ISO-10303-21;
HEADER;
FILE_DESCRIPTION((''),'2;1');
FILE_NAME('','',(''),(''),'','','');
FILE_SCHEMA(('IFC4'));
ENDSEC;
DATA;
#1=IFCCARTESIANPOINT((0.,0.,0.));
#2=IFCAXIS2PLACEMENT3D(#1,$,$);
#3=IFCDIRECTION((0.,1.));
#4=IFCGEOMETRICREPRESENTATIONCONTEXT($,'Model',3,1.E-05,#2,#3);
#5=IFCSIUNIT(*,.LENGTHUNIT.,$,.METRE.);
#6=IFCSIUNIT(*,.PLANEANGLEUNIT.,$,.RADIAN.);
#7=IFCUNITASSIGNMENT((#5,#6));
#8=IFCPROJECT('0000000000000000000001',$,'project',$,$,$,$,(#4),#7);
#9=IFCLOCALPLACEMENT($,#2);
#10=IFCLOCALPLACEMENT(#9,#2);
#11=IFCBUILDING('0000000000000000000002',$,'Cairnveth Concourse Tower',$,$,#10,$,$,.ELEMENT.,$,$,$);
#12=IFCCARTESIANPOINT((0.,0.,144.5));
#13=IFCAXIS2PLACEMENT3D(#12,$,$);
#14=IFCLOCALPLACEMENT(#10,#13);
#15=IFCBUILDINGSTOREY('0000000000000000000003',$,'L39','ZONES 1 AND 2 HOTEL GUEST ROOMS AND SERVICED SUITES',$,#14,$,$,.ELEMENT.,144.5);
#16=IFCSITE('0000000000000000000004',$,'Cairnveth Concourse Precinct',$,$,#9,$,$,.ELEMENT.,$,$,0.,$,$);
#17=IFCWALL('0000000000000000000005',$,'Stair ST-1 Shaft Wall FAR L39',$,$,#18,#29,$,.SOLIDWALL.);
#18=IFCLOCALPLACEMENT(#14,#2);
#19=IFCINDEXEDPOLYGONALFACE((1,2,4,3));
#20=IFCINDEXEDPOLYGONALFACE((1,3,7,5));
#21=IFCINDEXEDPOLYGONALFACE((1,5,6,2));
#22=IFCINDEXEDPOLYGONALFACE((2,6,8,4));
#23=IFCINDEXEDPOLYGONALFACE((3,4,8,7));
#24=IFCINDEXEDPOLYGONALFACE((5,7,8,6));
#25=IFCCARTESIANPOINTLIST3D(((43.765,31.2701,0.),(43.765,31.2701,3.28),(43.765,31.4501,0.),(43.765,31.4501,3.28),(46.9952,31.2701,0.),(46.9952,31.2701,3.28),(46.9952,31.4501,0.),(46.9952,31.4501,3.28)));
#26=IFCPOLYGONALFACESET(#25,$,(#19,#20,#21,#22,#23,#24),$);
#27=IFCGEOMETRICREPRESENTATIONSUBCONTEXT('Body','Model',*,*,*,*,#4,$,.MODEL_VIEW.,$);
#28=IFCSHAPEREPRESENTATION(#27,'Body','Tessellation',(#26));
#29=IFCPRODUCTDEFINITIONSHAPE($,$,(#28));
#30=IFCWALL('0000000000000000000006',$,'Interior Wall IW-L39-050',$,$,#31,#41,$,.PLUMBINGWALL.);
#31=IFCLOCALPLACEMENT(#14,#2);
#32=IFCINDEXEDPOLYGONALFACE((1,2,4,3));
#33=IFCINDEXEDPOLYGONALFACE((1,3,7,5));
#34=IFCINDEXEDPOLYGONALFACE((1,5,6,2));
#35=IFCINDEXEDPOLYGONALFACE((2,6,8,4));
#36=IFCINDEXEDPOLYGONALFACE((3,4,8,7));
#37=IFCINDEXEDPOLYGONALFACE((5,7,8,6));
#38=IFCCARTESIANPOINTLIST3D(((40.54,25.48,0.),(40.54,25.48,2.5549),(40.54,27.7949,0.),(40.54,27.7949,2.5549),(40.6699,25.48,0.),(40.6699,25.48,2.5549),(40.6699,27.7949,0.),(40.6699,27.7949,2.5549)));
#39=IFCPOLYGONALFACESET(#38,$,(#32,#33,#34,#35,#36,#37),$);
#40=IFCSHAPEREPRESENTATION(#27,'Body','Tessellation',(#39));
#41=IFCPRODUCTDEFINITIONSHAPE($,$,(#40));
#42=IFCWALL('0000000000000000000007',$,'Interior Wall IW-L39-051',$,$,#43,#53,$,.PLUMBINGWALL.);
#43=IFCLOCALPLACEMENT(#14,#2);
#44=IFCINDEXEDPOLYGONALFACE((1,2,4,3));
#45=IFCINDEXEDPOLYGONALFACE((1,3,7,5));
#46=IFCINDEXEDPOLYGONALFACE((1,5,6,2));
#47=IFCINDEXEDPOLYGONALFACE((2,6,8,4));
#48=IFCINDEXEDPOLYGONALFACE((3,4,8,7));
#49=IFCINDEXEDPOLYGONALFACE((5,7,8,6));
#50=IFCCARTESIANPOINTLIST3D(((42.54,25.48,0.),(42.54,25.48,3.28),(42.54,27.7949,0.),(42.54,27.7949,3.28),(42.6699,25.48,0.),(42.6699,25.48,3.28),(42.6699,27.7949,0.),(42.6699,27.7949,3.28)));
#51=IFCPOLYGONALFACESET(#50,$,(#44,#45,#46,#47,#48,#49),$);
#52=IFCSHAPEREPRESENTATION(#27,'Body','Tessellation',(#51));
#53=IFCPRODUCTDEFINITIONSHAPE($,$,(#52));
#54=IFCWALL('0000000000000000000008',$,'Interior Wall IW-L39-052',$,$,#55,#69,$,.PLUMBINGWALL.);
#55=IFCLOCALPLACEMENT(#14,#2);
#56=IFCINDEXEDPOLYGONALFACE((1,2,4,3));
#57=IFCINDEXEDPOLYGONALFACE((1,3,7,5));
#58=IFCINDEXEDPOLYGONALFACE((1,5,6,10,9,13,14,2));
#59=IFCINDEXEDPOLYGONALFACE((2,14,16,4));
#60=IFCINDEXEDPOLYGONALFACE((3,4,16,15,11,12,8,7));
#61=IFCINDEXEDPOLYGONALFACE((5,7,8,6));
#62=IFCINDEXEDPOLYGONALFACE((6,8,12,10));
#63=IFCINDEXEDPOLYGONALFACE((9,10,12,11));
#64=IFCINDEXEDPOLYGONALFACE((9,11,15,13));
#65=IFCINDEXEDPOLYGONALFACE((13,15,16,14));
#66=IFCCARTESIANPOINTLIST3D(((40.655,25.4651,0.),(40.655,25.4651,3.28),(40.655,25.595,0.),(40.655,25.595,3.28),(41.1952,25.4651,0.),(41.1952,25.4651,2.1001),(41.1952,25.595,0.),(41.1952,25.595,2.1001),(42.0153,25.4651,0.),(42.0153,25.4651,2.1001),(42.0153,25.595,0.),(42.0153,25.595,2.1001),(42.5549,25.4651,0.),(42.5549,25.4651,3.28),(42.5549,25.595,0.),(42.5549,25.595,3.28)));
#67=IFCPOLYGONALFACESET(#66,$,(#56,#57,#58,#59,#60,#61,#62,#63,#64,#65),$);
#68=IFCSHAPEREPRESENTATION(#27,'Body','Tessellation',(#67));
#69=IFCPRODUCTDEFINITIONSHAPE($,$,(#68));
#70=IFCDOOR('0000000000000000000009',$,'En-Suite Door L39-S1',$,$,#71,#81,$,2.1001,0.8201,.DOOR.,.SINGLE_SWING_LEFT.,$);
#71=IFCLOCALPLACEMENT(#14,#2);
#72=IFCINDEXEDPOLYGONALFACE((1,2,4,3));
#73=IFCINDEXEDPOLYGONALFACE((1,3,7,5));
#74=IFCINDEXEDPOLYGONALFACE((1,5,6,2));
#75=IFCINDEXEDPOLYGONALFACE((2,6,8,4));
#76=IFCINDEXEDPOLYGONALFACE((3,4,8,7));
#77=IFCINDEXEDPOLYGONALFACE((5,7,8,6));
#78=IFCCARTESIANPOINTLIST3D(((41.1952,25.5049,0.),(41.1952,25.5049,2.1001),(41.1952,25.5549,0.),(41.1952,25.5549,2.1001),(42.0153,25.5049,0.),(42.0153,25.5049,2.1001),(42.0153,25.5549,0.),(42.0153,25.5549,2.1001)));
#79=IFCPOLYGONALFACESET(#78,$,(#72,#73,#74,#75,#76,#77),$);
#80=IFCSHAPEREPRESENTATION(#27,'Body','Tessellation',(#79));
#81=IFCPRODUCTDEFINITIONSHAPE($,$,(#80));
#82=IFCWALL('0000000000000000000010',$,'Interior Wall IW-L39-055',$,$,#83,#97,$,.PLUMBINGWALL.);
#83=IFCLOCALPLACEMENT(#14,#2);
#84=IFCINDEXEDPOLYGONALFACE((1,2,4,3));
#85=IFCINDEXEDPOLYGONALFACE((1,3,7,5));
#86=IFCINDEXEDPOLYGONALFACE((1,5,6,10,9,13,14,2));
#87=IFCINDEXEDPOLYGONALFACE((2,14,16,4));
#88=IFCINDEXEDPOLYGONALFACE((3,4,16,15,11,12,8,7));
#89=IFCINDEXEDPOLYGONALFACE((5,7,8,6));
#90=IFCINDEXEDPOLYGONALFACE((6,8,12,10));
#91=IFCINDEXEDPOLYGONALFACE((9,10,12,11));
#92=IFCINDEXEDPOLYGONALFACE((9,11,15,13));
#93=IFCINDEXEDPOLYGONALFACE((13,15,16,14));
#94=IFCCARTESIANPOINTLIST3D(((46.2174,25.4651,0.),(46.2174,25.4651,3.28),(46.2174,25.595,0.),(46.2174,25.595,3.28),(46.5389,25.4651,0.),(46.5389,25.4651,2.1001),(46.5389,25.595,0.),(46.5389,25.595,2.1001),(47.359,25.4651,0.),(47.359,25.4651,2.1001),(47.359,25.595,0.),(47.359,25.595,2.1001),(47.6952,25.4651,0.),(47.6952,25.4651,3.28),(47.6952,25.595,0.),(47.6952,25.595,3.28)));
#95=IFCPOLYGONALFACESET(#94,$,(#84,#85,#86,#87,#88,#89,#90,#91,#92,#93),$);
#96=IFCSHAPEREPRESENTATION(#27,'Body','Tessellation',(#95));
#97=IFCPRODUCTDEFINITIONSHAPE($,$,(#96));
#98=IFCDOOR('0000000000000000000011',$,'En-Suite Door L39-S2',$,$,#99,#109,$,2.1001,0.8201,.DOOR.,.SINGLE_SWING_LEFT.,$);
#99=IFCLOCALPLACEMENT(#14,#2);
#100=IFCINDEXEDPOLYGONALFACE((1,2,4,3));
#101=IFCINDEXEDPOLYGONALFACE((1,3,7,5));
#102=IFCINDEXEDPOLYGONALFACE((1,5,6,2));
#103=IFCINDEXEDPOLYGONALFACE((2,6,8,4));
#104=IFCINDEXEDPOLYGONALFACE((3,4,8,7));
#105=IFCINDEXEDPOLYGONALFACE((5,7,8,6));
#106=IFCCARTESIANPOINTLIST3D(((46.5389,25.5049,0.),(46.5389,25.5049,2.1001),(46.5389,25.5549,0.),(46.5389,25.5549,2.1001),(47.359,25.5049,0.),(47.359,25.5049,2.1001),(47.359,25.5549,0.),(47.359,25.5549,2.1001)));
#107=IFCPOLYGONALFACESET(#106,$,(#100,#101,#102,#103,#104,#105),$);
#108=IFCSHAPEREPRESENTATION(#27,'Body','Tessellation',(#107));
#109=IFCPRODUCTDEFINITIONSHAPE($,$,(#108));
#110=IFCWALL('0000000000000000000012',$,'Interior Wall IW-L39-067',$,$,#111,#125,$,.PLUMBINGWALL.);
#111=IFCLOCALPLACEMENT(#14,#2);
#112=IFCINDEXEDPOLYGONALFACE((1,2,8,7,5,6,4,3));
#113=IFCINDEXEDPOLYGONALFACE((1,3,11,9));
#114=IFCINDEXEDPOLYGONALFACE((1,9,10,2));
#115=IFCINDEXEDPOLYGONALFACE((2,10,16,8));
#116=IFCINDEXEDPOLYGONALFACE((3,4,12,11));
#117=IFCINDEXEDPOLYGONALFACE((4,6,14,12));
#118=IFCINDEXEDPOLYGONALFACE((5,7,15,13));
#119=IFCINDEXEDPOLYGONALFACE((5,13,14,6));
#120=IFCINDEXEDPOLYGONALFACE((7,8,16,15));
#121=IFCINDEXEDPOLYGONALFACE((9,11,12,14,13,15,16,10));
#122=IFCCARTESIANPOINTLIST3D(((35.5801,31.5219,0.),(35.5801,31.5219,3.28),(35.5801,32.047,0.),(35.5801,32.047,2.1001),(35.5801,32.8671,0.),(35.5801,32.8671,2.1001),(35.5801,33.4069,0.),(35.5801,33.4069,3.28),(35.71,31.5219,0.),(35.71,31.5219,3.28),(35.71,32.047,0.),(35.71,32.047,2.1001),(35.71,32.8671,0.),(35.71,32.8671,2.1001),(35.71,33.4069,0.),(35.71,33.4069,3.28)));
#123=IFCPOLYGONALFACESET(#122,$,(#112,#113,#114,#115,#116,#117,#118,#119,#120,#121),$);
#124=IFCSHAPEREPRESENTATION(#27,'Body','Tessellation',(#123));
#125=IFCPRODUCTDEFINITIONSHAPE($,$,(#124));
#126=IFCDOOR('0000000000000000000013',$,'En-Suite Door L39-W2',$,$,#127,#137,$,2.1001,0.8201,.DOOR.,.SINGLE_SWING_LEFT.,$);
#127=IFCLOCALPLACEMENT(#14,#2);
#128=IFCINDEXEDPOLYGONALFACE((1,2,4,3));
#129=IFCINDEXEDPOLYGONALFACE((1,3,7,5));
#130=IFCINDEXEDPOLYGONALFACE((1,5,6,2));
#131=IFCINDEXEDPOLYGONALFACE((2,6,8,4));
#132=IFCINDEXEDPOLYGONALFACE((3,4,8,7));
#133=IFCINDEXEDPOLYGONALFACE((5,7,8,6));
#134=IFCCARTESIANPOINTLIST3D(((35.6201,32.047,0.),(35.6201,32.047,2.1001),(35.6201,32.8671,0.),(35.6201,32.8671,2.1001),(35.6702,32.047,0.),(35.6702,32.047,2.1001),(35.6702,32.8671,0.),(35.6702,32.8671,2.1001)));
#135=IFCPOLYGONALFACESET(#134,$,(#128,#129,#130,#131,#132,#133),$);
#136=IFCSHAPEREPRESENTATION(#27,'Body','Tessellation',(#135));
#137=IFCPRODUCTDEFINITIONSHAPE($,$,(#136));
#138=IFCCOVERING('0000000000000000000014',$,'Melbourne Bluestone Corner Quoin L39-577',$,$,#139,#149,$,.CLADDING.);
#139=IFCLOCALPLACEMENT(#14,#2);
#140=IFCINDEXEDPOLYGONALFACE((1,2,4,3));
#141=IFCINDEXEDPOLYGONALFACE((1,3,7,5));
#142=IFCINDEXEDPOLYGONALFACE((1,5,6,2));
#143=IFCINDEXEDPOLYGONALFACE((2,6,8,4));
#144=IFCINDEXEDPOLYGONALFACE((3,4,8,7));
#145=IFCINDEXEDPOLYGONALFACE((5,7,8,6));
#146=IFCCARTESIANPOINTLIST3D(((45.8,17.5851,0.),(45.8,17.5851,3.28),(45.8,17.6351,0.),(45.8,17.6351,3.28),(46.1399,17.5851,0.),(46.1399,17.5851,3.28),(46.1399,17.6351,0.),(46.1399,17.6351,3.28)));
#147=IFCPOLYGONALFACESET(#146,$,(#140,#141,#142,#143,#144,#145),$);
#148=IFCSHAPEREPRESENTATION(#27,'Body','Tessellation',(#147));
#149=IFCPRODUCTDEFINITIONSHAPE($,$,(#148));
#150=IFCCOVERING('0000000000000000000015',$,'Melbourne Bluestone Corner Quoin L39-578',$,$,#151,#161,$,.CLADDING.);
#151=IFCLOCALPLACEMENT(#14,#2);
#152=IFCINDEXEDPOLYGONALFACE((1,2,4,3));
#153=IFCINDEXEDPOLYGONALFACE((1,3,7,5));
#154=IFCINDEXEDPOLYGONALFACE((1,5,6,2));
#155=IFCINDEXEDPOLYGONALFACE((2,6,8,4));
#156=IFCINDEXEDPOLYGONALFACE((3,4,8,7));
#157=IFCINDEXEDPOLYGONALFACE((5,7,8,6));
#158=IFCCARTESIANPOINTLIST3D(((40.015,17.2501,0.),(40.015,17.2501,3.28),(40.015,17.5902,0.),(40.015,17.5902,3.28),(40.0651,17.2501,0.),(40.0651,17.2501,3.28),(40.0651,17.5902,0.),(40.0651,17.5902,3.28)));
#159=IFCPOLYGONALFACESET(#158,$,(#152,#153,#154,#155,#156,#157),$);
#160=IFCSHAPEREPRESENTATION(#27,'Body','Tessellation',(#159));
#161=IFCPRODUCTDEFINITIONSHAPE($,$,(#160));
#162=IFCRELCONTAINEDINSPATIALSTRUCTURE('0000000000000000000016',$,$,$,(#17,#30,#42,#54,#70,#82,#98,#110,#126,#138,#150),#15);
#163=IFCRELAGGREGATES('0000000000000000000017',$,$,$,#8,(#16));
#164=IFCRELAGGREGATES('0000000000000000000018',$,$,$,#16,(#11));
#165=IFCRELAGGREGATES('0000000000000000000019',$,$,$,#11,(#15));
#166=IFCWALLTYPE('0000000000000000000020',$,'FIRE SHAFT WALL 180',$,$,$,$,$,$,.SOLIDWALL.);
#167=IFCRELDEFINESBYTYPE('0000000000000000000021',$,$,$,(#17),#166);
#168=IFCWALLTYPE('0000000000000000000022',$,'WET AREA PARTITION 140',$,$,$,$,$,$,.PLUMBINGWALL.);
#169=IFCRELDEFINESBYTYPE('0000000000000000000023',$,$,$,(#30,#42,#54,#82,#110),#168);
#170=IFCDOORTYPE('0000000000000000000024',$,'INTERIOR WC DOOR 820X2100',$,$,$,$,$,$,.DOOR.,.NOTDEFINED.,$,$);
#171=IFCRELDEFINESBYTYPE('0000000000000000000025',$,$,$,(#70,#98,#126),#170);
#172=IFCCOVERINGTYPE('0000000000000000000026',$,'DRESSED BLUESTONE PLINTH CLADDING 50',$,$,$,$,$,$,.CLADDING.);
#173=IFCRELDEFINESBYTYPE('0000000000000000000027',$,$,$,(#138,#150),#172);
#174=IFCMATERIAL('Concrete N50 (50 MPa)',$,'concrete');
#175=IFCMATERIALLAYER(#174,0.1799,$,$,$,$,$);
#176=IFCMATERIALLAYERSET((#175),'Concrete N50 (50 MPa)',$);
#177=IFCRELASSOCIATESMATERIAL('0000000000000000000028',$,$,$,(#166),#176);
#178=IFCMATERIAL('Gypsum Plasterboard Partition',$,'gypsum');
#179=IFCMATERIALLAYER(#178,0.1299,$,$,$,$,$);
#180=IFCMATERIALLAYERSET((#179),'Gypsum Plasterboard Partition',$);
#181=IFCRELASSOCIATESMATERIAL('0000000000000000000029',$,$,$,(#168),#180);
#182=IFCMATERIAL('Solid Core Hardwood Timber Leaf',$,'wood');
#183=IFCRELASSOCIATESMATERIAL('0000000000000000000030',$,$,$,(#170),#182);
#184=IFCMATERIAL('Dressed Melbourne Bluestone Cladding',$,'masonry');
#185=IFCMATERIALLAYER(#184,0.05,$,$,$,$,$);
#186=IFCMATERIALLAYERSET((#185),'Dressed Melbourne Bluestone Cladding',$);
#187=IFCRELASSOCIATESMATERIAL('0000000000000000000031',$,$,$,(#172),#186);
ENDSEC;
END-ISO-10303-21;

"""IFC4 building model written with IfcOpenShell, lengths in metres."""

from ifc_helpers import new_model, si_unit, direction, frame, frame_2d, origin, place, context, subcontext, project, spatial, rectangle, extrude, material, layer, layer_set, type_object, element, fill, save


model = new_model("IFC4")

# Units and contexts
model_context = context("Model", 3, precision=1e-05, world=origin(), true_north=direction((0.0, 1.0)))
body_context = subcontext(model_context, "Body", "Model", "MODEL_VIEW")
ifc_project = project(units=[si_unit("LENGTHUNIT", "METRE"), si_unit("PLANEANGLEUNIT", "RADIAN")], contexts=[model_context])

# Site, building, storey
site_placement = place(None, origin())
site = spatial("IfcSite", under=ifc_project, at=site_placement, Name="Cairnveth Concourse Precinct", CompositionType="ELEMENT", RefElevation=0.0)
building_placement = place(site_placement, origin())
building = spatial("IfcBuilding", under=site, at=building_placement, Name="Cairnveth Concourse Tower", CompositionType="ELEMENT")
storey_placement = place(building_placement, frame((0.0, 0.0, 144.5)))
storey = spatial("IfcBuildingStorey", under=building, at=storey_placement, Name="L39", Description="ZONES 1 AND 2 HOTEL GUEST ROOMS AND SERVICED SUITES", CompositionType="ELEMENT", Elevation=144.5)

# Shared definitions
ifc_material_1 = material(Name="Gypsum Plasterboard Partition", Category="gypsum")

# Shared definitions
ifc_material_2 = material(Name="Solid Core Hardwood Timber Leaf", Category="wood")

# Walls
ifc_material_3 = material(Name="Concrete N50 (50 MPa)", Category="concrete")
ifc_layer_1 = layer(ifc_material_3, 0.1799)
ifc_layer_set_1 = layer_set([ifc_layer_1], Name="Concrete N50 (50 MPa)")
wall_type_1 = type_object("IfcWallType", Name="FIRE SHAFT WALL 180", PredefinedType="SOLIDWALL", material=ifc_layer_set_1)
wall_1_placement = place(storey_placement, frame((43.7649, 31.3601, 0.0), z_axis=(0.0, 0.0, 1.0), x_axis=(1.0, 0.0, 0.0)))
element("IfcWall", 1, at=wall_1_placement, inside=storey, type_object=wall_type_1, Name="Stair ST-1 Shaft Wall FAR L39", PredefinedType="SOLIDWALL", context=body_context, shape_type="SweptSolid", body=[
    extrude(rectangle(XDim=3.2302, YDim=0.1799, at=frame_2d((1.6152, 0.0))), origin(), (0.0, 0.0, 1.0), 3.28),
])
ifc_layer_2 = layer(ifc_material_1, 0.1299)
ifc_layer_set_2 = layer_set([ifc_layer_2], Name="Gypsum Plasterboard Partition")
wall_type_2 = type_object("IfcWallType", Name="WET AREA PARTITION 140", PredefinedType="PLUMBINGWALL", material=ifc_layer_set_2)
wall_2_placement = place(storey_placement, frame((40.605, 25.48, 0.0), z_axis=(0.0, 0.0, 1.0), x_axis=(0.0, 1.0, 0.0)))
element("IfcWall", 2, at=wall_2_placement, inside=storey, type_object=wall_type_2, Name="Interior Wall IW-L39-050", PredefinedType="PLUMBINGWALL", context=body_context, shape_type="SweptSolid", body=[
    extrude(rectangle(XDim=2.3149, YDim=0.1299, at=frame_2d((1.1575, 0.0))), origin(), (0.0, 0.0, 1.0), 2.5549),
])
wall_3_placement = place(storey_placement, frame((42.605, 25.48, 0.0), z_axis=(0.0, 0.0, 1.0), x_axis=(0.0, 1.0, 0.0)))
element("IfcWall", 3, at=wall_3_placement, inside=storey, type_object=wall_type_2, Name="Interior Wall IW-L39-051", PredefinedType="PLUMBINGWALL", context=body_context, shape_type="SweptSolid", body=[
    extrude(rectangle(XDim=2.3149, YDim=0.1299, at=frame_2d((1.1575, 0.0))), origin(), (0.0, 0.0, 1.0), 3.28),
])

# Walls, openings, doors
wall_4_placement = place(storey_placement, frame((40.655, 25.53, 0.0), z_axis=(0.0, 0.0, 1.0), x_axis=(1.0, 0.0, 0.0)))
wall_4 = element("IfcWall", 4, at=wall_4_placement, inside=storey, type_object=wall_type_2, Name="Interior Wall IW-L39-052", PredefinedType="PLUMBINGWALL", context=body_context, shape_type="SweptSolid", body=[
    extrude(rectangle(XDim=1.8999, YDim=0.1299, at=frame_2d((0.95, 0.0))), origin(), (0.0, 0.0, 1.0), 3.28),
])
opening_1_placement = place(wall_4_placement, frame((0.54, 0.0, 0.0)))
opening_1 = element("IfcOpeningElement", 5, at=opening_1_placement, cuts=wall_4, PredefinedType="OPENING", context=body_context, shape_type="SweptSolid", body=[
    extrude(rectangle(XDim=0.8201, YDim=2.1001, at=frame_2d((0.4102, 1.05))), frame((0.0, 0.075, 0.0), z_axis=(0.0, -1.0, 0.0), x_axis=(1.0, 0.0, 0.0)), (0.0, 0.0, 1.0), 0.1499),
])
door_type_1 = type_object("IfcDoorType", Name="INTERIOR WC DOOR 820X2100", OperationType="NOTDEFINED", PredefinedType="DOOR", material=ifc_material_2)
door_1_placement = place(opening_1_placement, origin())
door_1 = element("IfcDoor", 6, at=door_1_placement, inside=storey, type_object=door_type_1, Name="En-Suite Door L39-S1", OperationType="SINGLE_SWING_LEFT", OverallHeight=2.1001, OverallWidth=0.8201, PredefinedType="DOOR", context=body_context, shape_type="SweptSolid", body=[
    extrude(rectangle(XDim=0.8201, YDim=2.1001, at=frame_2d((0.4102, 1.05))), frame((0.0, 0.0249, 0.0), z_axis=(0.0, -1.0, 0.0), x_axis=(1.0, 0.0, 0.0)), (0.0, 0.0, 1.0), 0.05),
])
fill(opening_1, door_1)
wall_5_placement = place(storey_placement, frame((46.2175, 25.53, 0.0), z_axis=(0.0, 0.0, 1.0), x_axis=(1.0, 0.0, 0.0)))
wall_5 = element("IfcWall", 7, at=wall_5_placement, inside=storey, type_object=wall_type_2, Name="Interior Wall IW-L39-055", PredefinedType="PLUMBINGWALL", context=body_context, shape_type="SweptSolid", body=[
    extrude(rectangle(XDim=1.4778, YDim=0.1299, at=frame_2d((0.7388, 0.0))), origin(), (0.0, 0.0, 1.0), 3.28),
])
opening_2_placement = place(wall_5_placement, frame((0.3213, 0.0, 0.0)))
opening_2 = element("IfcOpeningElement", 8, at=opening_2_placement, cuts=wall_5, PredefinedType="OPENING", context=body_context, shape_type="SweptSolid", body=[
    extrude(rectangle(XDim=0.8201, YDim=2.1001, at=frame_2d((0.4102, 1.05))), frame((0.0, 0.075, 0.0), z_axis=(0.0, -1.0, 0.0), x_axis=(1.0, 0.0, 0.0)), (0.0, 0.0, 1.0), 0.1499),
])
door_2_placement = place(opening_2_placement, origin())
door_2 = element("IfcDoor", 9, at=door_2_placement, inside=storey, type_object=door_type_1, Name="En-Suite Door L39-S2", OperationType="SINGLE_SWING_LEFT", OverallHeight=2.1001, OverallWidth=0.8201, PredefinedType="DOOR", context=body_context, shape_type="SweptSolid", body=[
    extrude(rectangle(XDim=0.8201, YDim=2.1001, at=frame_2d((0.4102, 1.05))), frame((0.0, 0.0249, 0.0), z_axis=(0.0, -1.0, 0.0), x_axis=(1.0, 0.0, 0.0)), (0.0, 0.0, 1.0), 0.05),
])
fill(opening_2, door_2)
wall_6_placement = place(storey_placement, frame((35.645, 31.522, 0.0), z_axis=(0.0, 0.0, 1.0), x_axis=(0.0, 1.0, 0.0)))
wall_6 = element("IfcWall", 10, at=wall_6_placement, inside=storey, type_object=wall_type_2, Name="Interior Wall IW-L39-067", PredefinedType="PLUMBINGWALL", context=body_context, shape_type="SweptSolid", body=[
    extrude(rectangle(XDim=1.885, YDim=0.1299, at=frame_2d((0.9424, 0.0))), origin(), (0.0, 0.0, 1.0), 3.28),
])
opening_3_placement = place(wall_6_placement, frame((0.5249, 0.0, 0.0)))
opening_3 = element("IfcOpeningElement", 11, at=opening_3_placement, cuts=wall_6, PredefinedType="OPENING", context=body_context, shape_type="SweptSolid", body=[
    extrude(rectangle(XDim=0.8201, YDim=2.1001, at=frame_2d((0.4102, 1.05))), frame((0.0, 0.075, 0.0), z_axis=(0.0, -1.0, 0.0), x_axis=(1.0, 0.0, 0.0)), (0.0, 0.0, 1.0), 0.1499),
])
door_3_placement = place(opening_3_placement, origin())
door_3 = element("IfcDoor", 12, at=door_3_placement, inside=storey, type_object=door_type_1, Name="En-Suite Door L39-W2", OperationType="SINGLE_SWING_LEFT", OverallHeight=2.1001, OverallWidth=0.8201, PredefinedType="DOOR", context=body_context, shape_type="SweptSolid", body=[
    extrude(rectangle(XDim=0.8201, YDim=2.1001, at=frame_2d((0.4102, 1.05))), frame((0.0, 0.0249, 0.0), z_axis=(0.0, -1.0, 0.0), x_axis=(1.0, 0.0, 0.0)), (0.0, 0.0, 1.0), 0.05),
])
fill(opening_3, door_3)

# Coverings
ifc_material_4 = material(Name="Dressed Melbourne Bluestone Cladding", Category="masonry")
ifc_layer_3 = layer(ifc_material_4, 0.05)
ifc_layer_set_3 = layer_set([ifc_layer_3], Name="Dressed Melbourne Bluestone Cladding")
covering_type = type_object("IfcCoveringType", Name="DRESSED BLUESTONE PLINTH CLADDING 50", PredefinedType="CLADDING", material=ifc_layer_set_3)
covering_1_placement = place(storey_placement, frame((46.1399, 17.6101, 0.0), z_axis=(0.0, 0.0, 1.0), x_axis=(-1.0, 0.0, 0.0)))
element("IfcCovering", 13, at=covering_1_placement, inside=storey, type_object=covering_type, Name="Melbourne Bluestone Corner Quoin L39-577", PredefinedType="CLADDING", context=body_context, shape_type="SweptSolid", body=[
    extrude(rectangle(XDim=0.3398, YDim=0.05, at=frame_2d((0.1699, 0.0))), origin(), (0.0, 0.0, 1.0), 3.28),
])
covering_2_placement = place(storey_placement, frame((40.04, 17.5901, 0.0), z_axis=(0.0, 0.0, 1.0), x_axis=(0.0, -1.0, 0.0)))
element("IfcCovering", 14, at=covering_2_placement, inside=storey, type_object=covering_type, Name="Melbourne Bluestone Corner Quoin L39-578", PredefinedType="CLADDING", context=body_context, shape_type="SweptSolid", body=[
    extrude(rectangle(XDim=0.3401, YDim=0.05, at=frame_2d((0.1699, 0.0))), origin(), (0.0, 0.0, 1.0), 3.28),
])

save(model, "model.ifc")
